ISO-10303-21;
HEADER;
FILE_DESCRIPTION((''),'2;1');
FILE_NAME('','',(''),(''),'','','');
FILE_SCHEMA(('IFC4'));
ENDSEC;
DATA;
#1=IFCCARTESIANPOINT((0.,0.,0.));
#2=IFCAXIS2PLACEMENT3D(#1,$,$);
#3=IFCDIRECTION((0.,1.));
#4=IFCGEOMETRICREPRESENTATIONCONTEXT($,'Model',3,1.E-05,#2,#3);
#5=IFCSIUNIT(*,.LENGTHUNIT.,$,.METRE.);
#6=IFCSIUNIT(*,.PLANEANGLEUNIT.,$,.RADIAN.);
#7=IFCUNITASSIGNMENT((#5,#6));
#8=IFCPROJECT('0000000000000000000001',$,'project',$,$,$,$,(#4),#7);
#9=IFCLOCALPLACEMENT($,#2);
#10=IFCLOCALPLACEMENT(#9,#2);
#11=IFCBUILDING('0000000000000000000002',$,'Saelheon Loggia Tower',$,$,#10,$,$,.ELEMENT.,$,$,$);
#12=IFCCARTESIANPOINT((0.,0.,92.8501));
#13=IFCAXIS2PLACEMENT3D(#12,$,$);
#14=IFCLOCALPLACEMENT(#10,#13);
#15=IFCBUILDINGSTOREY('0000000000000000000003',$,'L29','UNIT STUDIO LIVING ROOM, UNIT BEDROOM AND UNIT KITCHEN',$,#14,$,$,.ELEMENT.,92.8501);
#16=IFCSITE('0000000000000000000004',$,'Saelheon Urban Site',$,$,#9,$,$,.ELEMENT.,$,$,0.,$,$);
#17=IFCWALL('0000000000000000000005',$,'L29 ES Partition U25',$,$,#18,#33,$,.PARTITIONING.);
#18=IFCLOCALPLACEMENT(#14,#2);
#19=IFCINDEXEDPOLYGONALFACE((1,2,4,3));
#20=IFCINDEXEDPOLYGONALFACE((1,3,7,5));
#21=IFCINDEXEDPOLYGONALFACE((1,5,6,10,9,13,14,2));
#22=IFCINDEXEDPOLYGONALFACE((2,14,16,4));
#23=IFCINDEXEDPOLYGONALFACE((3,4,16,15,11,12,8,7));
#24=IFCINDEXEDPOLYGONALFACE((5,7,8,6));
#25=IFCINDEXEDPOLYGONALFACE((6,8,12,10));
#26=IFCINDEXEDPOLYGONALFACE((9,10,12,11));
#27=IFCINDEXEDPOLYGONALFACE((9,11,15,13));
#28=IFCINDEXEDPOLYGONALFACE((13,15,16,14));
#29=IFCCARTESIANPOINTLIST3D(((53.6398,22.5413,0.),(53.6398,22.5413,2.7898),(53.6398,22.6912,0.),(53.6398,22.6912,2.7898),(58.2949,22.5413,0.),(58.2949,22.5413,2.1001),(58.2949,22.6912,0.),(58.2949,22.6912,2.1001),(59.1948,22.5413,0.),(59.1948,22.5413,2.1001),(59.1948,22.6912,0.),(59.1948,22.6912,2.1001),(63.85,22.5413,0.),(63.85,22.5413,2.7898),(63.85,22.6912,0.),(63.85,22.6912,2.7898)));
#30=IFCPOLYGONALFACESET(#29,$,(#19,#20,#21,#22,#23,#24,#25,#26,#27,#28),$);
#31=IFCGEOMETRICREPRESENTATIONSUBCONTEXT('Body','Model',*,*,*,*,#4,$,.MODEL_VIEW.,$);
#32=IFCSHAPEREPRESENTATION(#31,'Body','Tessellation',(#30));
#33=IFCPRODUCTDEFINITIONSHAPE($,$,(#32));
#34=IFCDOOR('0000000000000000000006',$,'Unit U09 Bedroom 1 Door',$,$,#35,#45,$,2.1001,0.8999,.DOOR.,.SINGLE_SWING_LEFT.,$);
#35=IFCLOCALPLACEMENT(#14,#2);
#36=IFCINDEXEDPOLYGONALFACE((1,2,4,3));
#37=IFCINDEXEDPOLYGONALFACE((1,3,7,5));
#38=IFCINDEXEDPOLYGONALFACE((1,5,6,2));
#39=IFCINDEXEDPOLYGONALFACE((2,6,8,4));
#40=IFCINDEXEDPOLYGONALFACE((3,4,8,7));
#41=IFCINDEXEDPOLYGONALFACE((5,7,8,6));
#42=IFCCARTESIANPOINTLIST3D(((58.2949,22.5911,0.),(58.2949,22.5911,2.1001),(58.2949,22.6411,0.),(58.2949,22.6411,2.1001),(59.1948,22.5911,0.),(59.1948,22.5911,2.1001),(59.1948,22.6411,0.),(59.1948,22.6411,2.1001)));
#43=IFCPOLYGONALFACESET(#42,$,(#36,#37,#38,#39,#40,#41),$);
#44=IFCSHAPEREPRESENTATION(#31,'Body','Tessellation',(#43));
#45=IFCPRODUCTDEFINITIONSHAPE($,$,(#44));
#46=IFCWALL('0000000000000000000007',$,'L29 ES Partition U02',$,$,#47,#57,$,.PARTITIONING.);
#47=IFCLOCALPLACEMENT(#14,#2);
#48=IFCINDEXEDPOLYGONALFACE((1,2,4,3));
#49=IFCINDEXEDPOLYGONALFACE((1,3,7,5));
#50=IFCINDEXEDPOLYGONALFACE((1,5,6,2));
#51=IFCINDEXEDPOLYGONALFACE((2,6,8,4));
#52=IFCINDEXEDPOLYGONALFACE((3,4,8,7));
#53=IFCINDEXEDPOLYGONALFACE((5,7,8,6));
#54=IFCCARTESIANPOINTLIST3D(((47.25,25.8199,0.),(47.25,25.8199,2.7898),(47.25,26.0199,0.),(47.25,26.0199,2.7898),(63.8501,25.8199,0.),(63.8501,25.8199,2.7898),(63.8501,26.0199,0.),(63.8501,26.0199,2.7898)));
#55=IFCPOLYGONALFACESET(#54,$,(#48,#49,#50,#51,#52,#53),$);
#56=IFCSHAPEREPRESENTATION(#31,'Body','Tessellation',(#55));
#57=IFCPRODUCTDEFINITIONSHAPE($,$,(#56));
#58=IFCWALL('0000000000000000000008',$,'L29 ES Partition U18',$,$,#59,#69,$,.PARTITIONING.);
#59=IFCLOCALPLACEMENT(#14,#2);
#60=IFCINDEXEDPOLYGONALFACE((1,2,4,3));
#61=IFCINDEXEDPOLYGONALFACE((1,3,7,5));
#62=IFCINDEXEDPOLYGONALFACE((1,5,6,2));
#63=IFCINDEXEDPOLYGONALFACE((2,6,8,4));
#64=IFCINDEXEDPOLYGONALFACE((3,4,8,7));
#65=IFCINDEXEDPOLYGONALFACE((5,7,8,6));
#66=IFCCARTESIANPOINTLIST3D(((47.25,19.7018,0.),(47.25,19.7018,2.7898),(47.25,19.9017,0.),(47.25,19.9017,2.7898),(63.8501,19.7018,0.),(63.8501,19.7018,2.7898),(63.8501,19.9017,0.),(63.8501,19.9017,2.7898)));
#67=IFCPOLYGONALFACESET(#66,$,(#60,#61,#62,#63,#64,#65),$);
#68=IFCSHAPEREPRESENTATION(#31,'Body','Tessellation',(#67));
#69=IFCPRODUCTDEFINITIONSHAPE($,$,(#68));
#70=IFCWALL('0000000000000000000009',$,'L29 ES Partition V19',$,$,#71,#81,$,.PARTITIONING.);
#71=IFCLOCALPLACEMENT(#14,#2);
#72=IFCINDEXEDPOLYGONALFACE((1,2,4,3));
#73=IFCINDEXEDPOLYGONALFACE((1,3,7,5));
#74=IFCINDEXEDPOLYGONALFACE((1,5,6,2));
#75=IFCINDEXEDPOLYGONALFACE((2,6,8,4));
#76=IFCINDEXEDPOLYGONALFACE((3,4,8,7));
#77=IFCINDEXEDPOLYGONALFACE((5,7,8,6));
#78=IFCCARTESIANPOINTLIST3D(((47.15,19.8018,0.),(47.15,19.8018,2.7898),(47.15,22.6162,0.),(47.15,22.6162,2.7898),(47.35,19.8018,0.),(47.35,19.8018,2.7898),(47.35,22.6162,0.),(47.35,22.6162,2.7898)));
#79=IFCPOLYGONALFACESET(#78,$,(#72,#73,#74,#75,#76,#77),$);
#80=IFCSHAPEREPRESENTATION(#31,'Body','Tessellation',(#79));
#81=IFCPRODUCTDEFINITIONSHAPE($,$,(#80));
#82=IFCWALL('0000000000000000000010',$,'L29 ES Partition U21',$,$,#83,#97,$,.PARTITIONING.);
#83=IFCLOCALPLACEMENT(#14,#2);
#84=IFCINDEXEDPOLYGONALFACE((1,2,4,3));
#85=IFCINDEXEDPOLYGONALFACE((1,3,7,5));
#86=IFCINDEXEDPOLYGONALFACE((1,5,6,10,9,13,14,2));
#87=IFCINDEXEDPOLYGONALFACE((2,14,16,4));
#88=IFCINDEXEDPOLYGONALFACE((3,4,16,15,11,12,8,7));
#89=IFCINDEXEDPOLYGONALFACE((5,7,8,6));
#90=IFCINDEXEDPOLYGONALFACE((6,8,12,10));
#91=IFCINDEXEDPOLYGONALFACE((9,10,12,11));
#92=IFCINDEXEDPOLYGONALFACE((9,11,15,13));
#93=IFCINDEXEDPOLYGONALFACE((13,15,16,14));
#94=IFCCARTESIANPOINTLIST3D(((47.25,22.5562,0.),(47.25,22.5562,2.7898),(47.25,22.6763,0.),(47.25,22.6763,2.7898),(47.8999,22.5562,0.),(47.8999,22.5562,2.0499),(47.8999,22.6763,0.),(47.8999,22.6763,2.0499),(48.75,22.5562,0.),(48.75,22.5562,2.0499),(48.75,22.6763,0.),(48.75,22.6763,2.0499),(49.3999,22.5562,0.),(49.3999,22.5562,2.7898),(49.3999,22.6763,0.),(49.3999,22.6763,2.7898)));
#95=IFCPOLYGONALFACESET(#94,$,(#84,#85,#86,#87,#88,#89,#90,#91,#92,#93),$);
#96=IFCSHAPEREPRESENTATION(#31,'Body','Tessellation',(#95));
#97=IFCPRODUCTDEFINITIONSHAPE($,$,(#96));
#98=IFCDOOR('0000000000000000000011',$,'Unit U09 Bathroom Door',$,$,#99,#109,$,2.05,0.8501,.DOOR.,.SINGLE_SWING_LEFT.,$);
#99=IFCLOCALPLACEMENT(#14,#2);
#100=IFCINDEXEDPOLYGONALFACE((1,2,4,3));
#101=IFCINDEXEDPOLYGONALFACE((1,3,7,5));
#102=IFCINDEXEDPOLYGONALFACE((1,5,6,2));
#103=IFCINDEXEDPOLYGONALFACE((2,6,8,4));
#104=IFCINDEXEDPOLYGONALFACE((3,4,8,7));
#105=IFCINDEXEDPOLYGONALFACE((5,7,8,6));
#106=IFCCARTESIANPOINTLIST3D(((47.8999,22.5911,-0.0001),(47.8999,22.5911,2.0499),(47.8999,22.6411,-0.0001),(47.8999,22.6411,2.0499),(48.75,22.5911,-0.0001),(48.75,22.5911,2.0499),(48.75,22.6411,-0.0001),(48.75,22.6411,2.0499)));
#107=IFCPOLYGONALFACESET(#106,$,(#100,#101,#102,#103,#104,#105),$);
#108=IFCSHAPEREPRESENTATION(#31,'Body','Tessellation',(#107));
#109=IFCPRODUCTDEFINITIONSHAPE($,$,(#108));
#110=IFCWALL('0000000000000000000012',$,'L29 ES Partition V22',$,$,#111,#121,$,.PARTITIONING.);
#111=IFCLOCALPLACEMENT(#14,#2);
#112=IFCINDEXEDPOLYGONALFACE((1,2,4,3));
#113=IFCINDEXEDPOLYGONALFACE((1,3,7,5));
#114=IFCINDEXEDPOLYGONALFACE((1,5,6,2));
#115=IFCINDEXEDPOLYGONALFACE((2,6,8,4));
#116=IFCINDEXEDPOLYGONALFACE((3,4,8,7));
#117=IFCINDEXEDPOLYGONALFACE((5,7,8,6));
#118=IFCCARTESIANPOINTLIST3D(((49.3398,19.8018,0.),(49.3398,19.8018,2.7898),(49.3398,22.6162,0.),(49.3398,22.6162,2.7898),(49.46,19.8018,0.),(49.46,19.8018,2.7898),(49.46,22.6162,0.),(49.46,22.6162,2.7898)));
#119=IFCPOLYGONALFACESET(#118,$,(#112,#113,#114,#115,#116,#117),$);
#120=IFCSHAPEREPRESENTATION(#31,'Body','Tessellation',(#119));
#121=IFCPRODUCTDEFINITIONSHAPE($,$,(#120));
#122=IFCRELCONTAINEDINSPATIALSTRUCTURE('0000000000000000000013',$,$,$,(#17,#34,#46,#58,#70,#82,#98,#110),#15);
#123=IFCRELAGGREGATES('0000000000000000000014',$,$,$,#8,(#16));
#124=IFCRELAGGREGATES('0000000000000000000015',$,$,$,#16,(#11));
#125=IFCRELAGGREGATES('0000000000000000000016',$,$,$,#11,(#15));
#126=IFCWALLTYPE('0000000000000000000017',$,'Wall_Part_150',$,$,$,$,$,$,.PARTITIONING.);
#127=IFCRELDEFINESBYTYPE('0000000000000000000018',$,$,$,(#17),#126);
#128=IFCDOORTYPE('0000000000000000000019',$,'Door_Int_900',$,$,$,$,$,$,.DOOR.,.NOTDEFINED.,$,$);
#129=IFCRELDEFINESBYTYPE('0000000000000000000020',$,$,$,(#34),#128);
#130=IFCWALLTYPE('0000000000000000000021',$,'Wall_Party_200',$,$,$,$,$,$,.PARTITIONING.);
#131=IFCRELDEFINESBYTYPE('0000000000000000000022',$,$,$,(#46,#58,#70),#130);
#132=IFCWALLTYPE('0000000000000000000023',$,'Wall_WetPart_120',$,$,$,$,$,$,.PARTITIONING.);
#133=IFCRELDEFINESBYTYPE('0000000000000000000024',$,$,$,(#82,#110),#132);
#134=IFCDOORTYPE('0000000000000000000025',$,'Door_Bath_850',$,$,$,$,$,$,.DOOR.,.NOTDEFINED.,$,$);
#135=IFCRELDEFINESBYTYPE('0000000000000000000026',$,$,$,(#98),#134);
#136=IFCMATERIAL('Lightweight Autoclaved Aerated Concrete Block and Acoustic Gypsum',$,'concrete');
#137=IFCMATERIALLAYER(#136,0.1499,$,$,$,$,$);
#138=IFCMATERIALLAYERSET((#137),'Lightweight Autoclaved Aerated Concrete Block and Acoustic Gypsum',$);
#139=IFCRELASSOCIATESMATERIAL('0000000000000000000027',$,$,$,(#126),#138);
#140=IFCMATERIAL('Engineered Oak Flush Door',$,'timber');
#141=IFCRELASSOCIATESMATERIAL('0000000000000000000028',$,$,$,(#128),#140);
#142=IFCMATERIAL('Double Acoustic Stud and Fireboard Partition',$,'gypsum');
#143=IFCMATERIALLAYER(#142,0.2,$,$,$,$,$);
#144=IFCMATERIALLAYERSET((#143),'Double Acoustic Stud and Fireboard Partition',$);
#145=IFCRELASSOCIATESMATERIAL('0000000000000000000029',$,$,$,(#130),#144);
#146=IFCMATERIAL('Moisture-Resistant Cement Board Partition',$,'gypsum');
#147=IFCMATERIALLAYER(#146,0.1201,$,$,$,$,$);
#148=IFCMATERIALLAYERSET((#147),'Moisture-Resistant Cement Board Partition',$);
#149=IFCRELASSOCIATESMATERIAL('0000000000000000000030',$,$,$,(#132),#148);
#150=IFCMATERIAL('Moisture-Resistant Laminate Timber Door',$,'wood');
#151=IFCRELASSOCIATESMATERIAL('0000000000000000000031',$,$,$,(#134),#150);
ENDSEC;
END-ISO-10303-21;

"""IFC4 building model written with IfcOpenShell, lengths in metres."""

from ifc_helpers import new_model, si_unit, direction, frame, frame_2d, origin, place, context, subcontext, project, spatial, rectangle, extrude, source, transform, mapped, material, layer, layer_set, type_object, element, fill, save


model = new_model("IFC4")

# Units and contexts
model_context = context("Model", 3, precision=1e-05, world=origin(), true_north=direction((0.0, 1.0)))
body_context = subcontext(model_context, "Body", "Model", "MODEL_VIEW")
ifc_project = project(units=[si_unit("LENGTHUNIT", "METRE"), si_unit("PLANEANGLEUNIT", "RADIAN")], contexts=[model_context])

# Site, building, storey
site_placement = place(None, origin())
site = spatial("IfcSite", under=ifc_project, at=site_placement, Name="Saelheon Urban Site", CompositionType="ELEMENT", RefElevation=0.0)
building_placement = place(site_placement, origin())
building = spatial("IfcBuilding", under=site, at=building_placement, Name="Saelheon Loggia Tower", CompositionType="ELEMENT")
storey_placement = place(building_placement, frame((0.0, 0.0, 92.8501)))
storey = spatial("IfcBuildingStorey", under=building, at=storey_placement, Name="L29", Description="UNIT STUDIO LIVING ROOM, UNIT BEDROOM AND UNIT KITCHEN", CompositionType="ELEMENT", Elevation=92.8501)

# Shared definitions
ifc_material_1 = material(Name="Lightweight Autoclaved Aerated Concrete Block and Acoustic Gypsum", Category="concrete")
ifc_layer_1 = layer(ifc_material_1, 0.1499)
ifc_layer_set_1 = layer_set([ifc_layer_1], Name="Lightweight Autoclaved Aerated Concrete Block and Acoustic Gypsum")
wall_type_1 = type_object("IfcWallType", Name="Wall_Part_150", PredefinedType="PARTITIONING", material=ifc_layer_set_1)
ifc_material_2 = material(Name="Engineered Oak Flush Door", Category="timber")
door_type_1 = type_object("IfcDoorType", Name="Door_Int_900", OperationType="NOTDEFINED", PredefinedType="DOOR", material=ifc_material_2)
shared_shape_1 = source(origin(), body_context, "Body", "SweptSolid", [
    extrude(rectangle(XDim=0.8999, YDim=2.1001, at=frame_2d((0.45, 1.05))), frame((0.0, 0.0249, 0.0), z_axis=(0.0, -1.0, 0.0), x_axis=(1.0, 0.0, 0.0)), (0.0, 0.0, 1.0), 0.05),
])

# Wall, opening, door
wall_1_placement = place(storey_placement, frame((53.6399, 22.6162, 0.0), z_axis=(0.0, 0.0, 1.0), x_axis=(1.0, 0.0, 0.0)))
wall_1 = element("IfcWall", 1, at=wall_1_placement, inside=storey, type_object=wall_type_1, Name="L29 ES Partition U25", PredefinedType="PARTITIONING", context=body_context, shape_type="SweptSolid", body=[
    extrude(rectangle(XDim=10.2102, YDim=0.1499, at=frame_2d((5.105, 0.0))), origin(), (0.0, 0.0, 1.0), 2.7898),
])
opening_1_placement = place(wall_1_placement, frame((4.655, 0.0, 0.0)))
opening_1 = element("IfcOpeningElement", 2, at=opening_1_placement, cuts=wall_1, PredefinedType="OPENING", context=body_context, shape_type="SweptSolid", body=[
    extrude(rectangle(XDim=0.8999, YDim=2.1001, at=frame_2d((0.45, 1.05))), frame((0.0, 0.0869, 0.0), z_axis=(0.0, -1.0, 0.0), x_axis=(1.0, 0.0, 0.0)), (0.0, 0.0, 1.0), 0.1738),
])
door_1_placement = place(opening_1_placement, origin())
door_1 = element("IfcDoor", 3, at=door_1_placement, inside=storey, type_object=door_type_1, Name="Unit U09 Bedroom 1 Door", OperationType="SINGLE_SWING_LEFT", OverallHeight=2.1001, OverallWidth=0.8999, PredefinedType="DOOR", context=body_context, shape_type="MappedRepresentation", body=[
    mapped(shared_shape_1, transform((0.0, 0.0, 0.0), scale=1.0)),
])
fill(opening_1, door_1)

# Walls
ifc_material_3 = material(Name="Double Acoustic Stud and Fireboard Partition", Category="gypsum")
ifc_layer_2 = layer(ifc_material_3, 0.2)
ifc_layer_set_2 = layer_set([ifc_layer_2], Name="Double Acoustic Stud and Fireboard Partition")
wall_type_2 = type_object("IfcWallType", Name="Wall_Party_200", PredefinedType="PARTITIONING", material=ifc_layer_set_2)
for number, where, z_axis, x_axis, name in (
    (4, (47.25, 25.9199, 0.0), (0.0, 0.0, 1.0), (1.0, 0.0, 0.0), "L29 ES Partition U02"),
    (5, (47.25, 19.8018, 0.0), (0.0, 0.0, 1.0), (1.0, 0.0, 0.0), "L29 ES Partition U18"),
):
    element("IfcWall", number, at=place(storey_placement, frame(where, z_axis=z_axis, x_axis=x_axis)), inside=storey, type_object=wall_type_2, Name=name, PredefinedType="PARTITIONING", context=body_context, shape_type="SweptSolid", body=[
        extrude(rectangle(XDim=16.6001, YDim=0.2, at=frame_2d((8.3, 0.0))), origin(), (0.0, 0.0, 1.0), 2.7898),
    ])
wall_2_placement = place(storey_placement, frame((47.25, 19.8018, 0.0), z_axis=(0.0, 0.0, 1.0), x_axis=(0.0, 1.0, 0.0)))
element("IfcWall", 6, at=wall_2_placement, inside=storey, type_object=wall_type_2, Name="L29 ES Partition V19", PredefinedType="PARTITIONING", context=body_context, shape_type="SweptSolid", body=[
    extrude(rectangle(XDim=2.8145, YDim=0.2, at=frame_2d((1.4072, 0.0))), origin(), (0.0, 0.0, 1.0), 2.7898),
])

# Wall, opening, door
ifc_material_4 = material(Name="Moisture-Resistant Cement Board Partition", Category="gypsum")
ifc_layer_3 = layer(ifc_material_4, 0.1201)
ifc_layer_set_3 = layer_set([ifc_layer_3], Name="Moisture-Resistant Cement Board Partition")
wall_type_3 = type_object("IfcWallType", Name="Wall_WetPart_120", PredefinedType="PARTITIONING", material=ifc_layer_set_3)
wall_3_placement = place(storey_placement, frame((47.25, 22.6162, 0.0), z_axis=(0.0, 0.0, 1.0), x_axis=(1.0, 0.0, 0.0)))
wall_3 = element("IfcWall", 7, at=wall_3_placement, inside=storey, type_object=wall_type_3, Name="L29 ES Partition U21", PredefinedType="PARTITIONING", context=body_context, shape_type="SweptSolid", body=[
    extrude(rectangle(XDim=2.1499, YDim=0.1201, at=frame_2d((1.075, 0.0))), origin(), (0.0, 0.0, 1.0), 2.7898),
])
opening_2_placement = place(wall_3_placement, frame((0.6499, 0.0, 0.0)))
opening_2 = element("IfcOpeningElement", 8, at=opening_2_placement, cuts=wall_3, PredefinedType="OPENING", context=body_context, shape_type="SweptSolid", body=[
    extrude(rectangle(XDim=0.8501, YDim=2.05, at=frame_2d((0.425, 1.0249))), frame((0.0, 0.072, 0.0), z_axis=(0.0, -1.0, 0.0), x_axis=(1.0, 0.0, 0.0)), (0.0, 0.0, 1.0), 0.144),
])
ifc_material_5 = material(Name="Moisture-Resistant Laminate Timber Door", Category="wood")
door_type_2 = type_object("IfcDoorType", Name="Door_Bath_850", OperationType="NOTDEFINED", PredefinedType="DOOR", material=ifc_material_5)
shared_shape_2 = source(origin(), body_context, "Body", "SweptSolid", [
    extrude(rectangle(XDim=0.8501, YDim=2.05, at=frame_2d((0.425, 1.0249))), frame((0.0, 0.0249, 0.0), z_axis=(0.0, -1.0, 0.0), x_axis=(1.0, 0.0, 0.0)), (0.0, 0.0, 1.0), 0.05),
])
door_2_placement = place(opening_2_placement, origin())
door_2 = element("IfcDoor", 9, at=door_2_placement, inside=storey, type_object=door_type_2, Name="Unit U09 Bathroom Door", OperationType="SINGLE_SWING_LEFT", OverallHeight=2.05, OverallWidth=0.8501, PredefinedType="DOOR", context=body_context, shape_type="MappedRepresentation", body=[
    mapped(shared_shape_2, transform((0.0, 0.0, 0.0), scale=1.0)),
])
fill(opening_2, door_2)

# Wall
wall_4_placement = place(storey_placement, frame((49.3999, 19.8018, 0.0), z_axis=(0.0, 0.0, 1.0), x_axis=(0.0, 1.0, 0.0)))
element("IfcWall", 10, at=wall_4_placement, inside=storey, type_object=wall_type_3, Name="L29 ES Partition V22", PredefinedType="PARTITIONING", context=body_context, shape_type="SweptSolid", body=[
    extrude(rectangle(XDim=2.8145, YDim=0.1201, at=frame_2d((1.4072, 0.0))), origin(), (0.0, 0.0, 1.0), 2.7898),
])

save(model, "model.ifc")
